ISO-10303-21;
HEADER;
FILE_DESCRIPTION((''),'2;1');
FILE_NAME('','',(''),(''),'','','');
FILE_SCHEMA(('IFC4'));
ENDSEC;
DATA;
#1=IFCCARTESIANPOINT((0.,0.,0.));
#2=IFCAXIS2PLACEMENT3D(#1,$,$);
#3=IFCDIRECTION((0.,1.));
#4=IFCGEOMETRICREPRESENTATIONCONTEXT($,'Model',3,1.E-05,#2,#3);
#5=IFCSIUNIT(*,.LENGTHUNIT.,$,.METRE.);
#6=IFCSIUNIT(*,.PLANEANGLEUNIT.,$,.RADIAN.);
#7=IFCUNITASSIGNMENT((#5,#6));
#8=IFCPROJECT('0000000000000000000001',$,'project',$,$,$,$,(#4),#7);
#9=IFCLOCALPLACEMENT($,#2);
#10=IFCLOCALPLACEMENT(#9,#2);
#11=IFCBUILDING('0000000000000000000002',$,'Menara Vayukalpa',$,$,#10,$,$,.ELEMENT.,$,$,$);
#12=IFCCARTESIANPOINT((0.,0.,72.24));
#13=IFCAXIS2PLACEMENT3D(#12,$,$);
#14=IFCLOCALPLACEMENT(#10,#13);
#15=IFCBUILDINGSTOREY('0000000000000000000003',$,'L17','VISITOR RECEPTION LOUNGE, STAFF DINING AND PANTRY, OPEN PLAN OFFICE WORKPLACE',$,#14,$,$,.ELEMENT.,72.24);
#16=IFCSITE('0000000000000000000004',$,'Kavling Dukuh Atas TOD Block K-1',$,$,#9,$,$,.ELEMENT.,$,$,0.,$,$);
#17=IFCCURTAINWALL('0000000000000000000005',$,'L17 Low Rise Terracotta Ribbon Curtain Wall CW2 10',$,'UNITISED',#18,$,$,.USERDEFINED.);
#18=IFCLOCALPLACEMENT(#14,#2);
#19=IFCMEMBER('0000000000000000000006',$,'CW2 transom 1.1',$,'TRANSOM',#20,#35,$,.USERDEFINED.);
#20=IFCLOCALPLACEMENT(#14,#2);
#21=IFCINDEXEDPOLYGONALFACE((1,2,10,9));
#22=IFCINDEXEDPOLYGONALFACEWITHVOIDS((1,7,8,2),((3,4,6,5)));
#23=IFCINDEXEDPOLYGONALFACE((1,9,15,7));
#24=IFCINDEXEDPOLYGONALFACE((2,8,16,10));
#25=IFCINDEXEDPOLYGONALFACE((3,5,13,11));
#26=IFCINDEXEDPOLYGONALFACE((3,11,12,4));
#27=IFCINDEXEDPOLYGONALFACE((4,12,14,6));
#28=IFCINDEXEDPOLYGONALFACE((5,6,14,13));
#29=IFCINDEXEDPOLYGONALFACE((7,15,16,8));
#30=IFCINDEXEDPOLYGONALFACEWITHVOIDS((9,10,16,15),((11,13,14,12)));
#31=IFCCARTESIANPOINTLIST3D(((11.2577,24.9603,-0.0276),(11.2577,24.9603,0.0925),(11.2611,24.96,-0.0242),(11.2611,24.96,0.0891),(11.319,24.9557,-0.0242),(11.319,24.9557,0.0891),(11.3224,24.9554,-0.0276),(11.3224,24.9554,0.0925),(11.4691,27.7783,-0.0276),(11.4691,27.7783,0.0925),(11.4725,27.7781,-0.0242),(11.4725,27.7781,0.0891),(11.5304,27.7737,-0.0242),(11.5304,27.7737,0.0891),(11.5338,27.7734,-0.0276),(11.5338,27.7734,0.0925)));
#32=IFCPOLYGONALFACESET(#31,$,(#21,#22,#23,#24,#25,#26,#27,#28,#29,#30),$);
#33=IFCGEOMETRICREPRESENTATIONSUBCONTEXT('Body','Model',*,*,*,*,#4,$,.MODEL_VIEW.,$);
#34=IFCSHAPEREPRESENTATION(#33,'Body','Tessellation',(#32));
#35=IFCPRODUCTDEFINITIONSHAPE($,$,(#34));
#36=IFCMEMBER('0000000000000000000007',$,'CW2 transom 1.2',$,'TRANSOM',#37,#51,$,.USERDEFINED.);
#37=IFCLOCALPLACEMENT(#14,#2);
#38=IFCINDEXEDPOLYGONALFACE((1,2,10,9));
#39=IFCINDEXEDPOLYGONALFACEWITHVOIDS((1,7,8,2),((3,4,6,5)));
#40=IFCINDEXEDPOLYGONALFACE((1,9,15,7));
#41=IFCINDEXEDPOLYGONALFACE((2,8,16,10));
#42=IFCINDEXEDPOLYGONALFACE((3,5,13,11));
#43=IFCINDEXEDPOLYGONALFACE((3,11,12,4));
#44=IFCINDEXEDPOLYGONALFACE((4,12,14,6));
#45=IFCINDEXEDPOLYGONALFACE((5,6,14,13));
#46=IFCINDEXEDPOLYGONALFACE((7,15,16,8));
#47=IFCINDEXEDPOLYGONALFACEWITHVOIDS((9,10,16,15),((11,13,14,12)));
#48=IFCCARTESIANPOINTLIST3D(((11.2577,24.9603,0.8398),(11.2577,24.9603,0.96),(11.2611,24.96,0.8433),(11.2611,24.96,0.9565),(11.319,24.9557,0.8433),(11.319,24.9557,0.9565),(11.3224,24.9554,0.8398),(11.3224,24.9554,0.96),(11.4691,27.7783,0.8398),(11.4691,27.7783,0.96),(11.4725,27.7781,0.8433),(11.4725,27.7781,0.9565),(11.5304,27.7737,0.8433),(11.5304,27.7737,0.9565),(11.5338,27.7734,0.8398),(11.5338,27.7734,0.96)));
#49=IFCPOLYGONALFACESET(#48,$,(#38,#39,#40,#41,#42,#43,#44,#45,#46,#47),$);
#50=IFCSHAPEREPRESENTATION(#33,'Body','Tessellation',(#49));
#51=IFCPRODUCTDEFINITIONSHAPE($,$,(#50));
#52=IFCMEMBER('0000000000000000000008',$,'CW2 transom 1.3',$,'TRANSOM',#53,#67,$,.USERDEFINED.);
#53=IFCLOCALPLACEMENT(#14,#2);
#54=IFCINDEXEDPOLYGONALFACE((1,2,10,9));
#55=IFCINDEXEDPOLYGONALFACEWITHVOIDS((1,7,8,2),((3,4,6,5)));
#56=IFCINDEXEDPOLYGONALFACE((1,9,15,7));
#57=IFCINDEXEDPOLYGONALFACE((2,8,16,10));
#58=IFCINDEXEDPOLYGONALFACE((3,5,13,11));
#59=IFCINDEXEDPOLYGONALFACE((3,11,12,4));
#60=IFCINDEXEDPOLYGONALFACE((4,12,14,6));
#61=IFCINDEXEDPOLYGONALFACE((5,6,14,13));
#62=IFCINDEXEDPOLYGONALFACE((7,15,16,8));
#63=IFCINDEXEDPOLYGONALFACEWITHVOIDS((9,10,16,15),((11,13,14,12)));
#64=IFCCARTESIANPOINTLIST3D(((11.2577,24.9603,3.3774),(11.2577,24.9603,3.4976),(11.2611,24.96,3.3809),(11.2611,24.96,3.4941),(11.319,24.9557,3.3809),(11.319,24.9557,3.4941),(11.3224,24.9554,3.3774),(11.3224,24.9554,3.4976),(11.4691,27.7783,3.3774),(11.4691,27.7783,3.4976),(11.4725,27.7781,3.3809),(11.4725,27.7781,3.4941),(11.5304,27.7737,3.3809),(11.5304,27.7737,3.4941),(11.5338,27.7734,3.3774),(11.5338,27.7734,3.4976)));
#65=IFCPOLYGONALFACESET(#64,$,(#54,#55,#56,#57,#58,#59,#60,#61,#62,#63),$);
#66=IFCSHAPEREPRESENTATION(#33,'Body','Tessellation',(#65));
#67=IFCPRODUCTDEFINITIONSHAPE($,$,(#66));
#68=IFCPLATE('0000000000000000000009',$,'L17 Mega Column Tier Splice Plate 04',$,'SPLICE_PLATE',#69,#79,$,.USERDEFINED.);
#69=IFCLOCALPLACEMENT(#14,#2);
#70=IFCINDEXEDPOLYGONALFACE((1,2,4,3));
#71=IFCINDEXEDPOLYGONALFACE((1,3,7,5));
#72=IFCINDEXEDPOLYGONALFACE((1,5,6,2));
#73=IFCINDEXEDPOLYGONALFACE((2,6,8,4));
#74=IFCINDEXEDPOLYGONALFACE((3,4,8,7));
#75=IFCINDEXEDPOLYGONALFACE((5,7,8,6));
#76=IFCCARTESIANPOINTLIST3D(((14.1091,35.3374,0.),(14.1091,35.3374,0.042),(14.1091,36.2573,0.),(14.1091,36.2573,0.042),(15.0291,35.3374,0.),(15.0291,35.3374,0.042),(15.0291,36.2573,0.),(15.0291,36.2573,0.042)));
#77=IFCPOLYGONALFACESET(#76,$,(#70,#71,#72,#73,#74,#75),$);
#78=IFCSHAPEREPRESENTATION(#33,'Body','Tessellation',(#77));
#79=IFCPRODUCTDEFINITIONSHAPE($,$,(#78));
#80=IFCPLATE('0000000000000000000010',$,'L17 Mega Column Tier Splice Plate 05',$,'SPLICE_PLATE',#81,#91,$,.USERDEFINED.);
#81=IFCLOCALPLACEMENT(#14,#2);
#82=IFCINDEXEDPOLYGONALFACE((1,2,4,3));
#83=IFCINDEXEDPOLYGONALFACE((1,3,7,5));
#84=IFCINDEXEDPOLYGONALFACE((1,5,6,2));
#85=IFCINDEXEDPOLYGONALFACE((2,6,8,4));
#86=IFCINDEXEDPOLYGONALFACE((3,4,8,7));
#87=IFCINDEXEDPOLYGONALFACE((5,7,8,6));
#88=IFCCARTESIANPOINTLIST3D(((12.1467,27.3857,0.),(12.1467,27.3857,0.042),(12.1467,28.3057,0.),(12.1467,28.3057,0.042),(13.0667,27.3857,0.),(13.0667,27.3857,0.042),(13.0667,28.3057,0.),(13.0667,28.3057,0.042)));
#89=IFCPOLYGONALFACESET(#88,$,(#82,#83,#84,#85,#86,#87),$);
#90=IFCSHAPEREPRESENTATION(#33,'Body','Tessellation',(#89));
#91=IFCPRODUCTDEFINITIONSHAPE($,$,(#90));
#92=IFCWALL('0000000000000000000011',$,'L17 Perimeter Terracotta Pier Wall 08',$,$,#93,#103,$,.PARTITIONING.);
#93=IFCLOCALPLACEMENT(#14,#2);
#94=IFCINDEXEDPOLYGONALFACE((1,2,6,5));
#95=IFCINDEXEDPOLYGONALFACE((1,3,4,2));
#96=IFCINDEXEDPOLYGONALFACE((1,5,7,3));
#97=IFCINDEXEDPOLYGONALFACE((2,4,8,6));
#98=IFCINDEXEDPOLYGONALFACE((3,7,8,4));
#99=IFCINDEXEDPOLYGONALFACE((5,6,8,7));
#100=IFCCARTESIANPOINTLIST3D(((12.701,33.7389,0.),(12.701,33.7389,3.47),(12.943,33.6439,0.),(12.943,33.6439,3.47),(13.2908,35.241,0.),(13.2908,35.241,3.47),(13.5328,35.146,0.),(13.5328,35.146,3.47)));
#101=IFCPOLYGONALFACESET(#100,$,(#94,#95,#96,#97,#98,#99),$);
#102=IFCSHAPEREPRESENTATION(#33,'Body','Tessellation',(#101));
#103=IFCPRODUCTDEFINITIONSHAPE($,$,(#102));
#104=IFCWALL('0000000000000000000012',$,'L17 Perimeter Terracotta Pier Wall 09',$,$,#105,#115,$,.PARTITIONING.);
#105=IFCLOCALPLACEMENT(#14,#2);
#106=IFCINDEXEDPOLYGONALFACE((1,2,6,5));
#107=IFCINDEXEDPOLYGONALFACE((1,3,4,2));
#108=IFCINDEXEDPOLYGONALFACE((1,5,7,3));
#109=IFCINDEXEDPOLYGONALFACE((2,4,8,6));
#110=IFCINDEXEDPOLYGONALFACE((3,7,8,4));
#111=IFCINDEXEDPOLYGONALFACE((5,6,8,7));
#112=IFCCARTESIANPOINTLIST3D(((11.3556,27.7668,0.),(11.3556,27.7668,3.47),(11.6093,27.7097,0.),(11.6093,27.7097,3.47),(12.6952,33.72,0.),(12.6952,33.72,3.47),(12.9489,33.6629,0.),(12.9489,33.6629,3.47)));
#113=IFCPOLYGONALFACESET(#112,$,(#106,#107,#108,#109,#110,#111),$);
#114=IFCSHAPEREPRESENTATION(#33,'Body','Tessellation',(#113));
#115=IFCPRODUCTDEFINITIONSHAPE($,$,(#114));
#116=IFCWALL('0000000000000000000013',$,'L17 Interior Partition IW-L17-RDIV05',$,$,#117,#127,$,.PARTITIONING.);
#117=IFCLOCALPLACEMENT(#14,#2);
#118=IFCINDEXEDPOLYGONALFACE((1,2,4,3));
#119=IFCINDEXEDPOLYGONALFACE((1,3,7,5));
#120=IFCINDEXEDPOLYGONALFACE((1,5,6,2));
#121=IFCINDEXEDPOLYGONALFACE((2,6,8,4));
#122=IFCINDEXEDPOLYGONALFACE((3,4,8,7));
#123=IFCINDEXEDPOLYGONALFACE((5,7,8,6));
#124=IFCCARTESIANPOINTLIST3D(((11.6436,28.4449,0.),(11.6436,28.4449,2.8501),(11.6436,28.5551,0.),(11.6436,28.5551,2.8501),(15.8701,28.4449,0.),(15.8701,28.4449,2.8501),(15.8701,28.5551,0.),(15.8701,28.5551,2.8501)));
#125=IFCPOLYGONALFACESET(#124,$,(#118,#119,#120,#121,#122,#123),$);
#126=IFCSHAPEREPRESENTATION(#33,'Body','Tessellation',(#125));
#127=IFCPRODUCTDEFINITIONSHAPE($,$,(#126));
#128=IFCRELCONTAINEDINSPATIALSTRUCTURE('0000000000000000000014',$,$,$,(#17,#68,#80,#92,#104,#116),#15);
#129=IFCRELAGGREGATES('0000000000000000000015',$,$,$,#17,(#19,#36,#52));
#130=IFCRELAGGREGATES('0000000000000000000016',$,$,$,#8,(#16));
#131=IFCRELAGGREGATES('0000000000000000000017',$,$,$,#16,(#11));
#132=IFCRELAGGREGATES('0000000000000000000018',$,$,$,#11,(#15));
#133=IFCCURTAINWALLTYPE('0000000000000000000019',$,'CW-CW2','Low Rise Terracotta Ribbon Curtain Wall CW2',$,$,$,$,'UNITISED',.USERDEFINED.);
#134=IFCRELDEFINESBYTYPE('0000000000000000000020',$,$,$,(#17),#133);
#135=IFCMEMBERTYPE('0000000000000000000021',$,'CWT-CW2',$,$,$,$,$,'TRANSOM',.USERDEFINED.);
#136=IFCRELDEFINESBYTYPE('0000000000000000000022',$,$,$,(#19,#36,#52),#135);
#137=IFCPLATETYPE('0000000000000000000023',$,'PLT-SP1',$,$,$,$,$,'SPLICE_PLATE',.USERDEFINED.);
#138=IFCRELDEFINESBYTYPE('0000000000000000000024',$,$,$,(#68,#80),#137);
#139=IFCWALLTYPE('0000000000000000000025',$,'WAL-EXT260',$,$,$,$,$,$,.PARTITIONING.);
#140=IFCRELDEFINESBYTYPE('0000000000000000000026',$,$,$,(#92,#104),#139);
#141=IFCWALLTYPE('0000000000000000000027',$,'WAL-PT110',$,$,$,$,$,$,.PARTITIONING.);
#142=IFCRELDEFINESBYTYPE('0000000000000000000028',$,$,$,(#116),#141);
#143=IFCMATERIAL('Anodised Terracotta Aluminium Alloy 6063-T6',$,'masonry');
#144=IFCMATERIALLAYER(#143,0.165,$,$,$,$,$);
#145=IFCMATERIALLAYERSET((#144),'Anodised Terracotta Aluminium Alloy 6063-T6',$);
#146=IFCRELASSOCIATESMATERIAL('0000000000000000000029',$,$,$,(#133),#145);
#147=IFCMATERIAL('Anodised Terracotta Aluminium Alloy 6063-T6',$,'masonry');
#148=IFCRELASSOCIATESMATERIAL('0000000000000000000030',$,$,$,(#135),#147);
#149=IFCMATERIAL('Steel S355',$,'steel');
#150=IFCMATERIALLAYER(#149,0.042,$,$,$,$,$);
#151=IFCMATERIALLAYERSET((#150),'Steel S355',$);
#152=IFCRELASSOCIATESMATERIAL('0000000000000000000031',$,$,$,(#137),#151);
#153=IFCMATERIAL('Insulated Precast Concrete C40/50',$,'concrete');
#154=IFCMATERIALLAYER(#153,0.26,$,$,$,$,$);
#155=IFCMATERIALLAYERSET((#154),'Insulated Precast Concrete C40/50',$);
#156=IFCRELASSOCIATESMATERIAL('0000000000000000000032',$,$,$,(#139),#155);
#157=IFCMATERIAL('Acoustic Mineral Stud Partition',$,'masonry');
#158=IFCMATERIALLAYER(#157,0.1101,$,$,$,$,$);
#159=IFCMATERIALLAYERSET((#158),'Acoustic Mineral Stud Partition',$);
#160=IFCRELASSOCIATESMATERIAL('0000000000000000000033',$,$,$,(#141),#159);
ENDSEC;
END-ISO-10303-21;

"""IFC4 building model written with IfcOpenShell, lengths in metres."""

from ifc_helpers import new_model, si_unit, direction, frame, frame_2d, origin, origin_2d, place, context, subcontext, project, spatial, rectangle, hollow_rectangle, extrude, material, layer, layer_set, material_profile, profile_set, type_object, element, aggregate, save


model = new_model("IFC4")

# Units and contexts
model_context = context("Model", 3, precision=1e-05, world=origin(), true_north=direction((0.0, 1.0)))
body_context = subcontext(model_context, "Body", "Model", "MODEL_VIEW")
ifc_project = project(units=[si_unit("LENGTHUNIT", "METRE"), si_unit("PLANEANGLEUNIT", "RADIAN")], contexts=[model_context])

# Site, building, storey
site_placement = place(None, origin())
site = spatial("IfcSite", under=ifc_project, at=site_placement, Name="Kavling Dukuh Atas TOD Block K-1", CompositionType="ELEMENT", RefElevation=0.0)
building_placement = place(site_placement, origin())
building = spatial("IfcBuilding", under=site, at=building_placement, Name="Menara Vayukalpa", CompositionType="ELEMENT")
storey_placement = place(building_placement, frame((0.0, 0.0, 72.24)))
storey = spatial("IfcBuildingStorey", under=building, at=storey_placement, Name="L17", Description="VISITOR RECEPTION LOUNGE, STAFF DINING AND PANTRY, OPEN PLAN OFFICE WORKPLACE", CompositionType="ELEMENT", Elevation=72.24)

# Curtain wall, members
ifc_material_1 = material(Name="Anodised Terracotta Aluminium Alloy 6063-T6", Category="masonry")
ifc_layer_1 = layer(ifc_material_1, 0.165)
ifc_layer_set_1 = layer_set([ifc_layer_1], Name="Anodised Terracotta Aluminium Alloy 6063-T6")
curtain_wall_type = type_object("IfcCurtainWallType", Name="CW-CW2", Description="Low Rise Terracotta Ribbon Curtain Wall CW2", ElementType="UNITISED", PredefinedType="USERDEFINED", material=ifc_layer_set_1)
curtain_wall_placement = place(storey_placement, origin())
curtain_wall = element("IfcCurtainWall", 1, at=curtain_wall_placement, inside=storey, type_object=curtain_wall_type, Name="L17 Low Rise Terracotta Ribbon Curtain Wall CW2 10", ObjectType="UNITISED", PredefinedType="USERDEFINED")
ifc_material_2 = material(Name="Anodised Terracotta Aluminium Alloy 6063-T6", Category="masonry")
ifc_material_profile_1 = material_profile(ifc_material_2, hollow_rectangle(XDim=0.0649, YDim=0.1201, WallThickness=0.0034, at=origin_2d()), Name="ALU 65x120x3.5")
ifc_profile_set_1 = profile_set([ifc_material_profile_1], Name="Anodised Terracotta Aluminium Alloy 6063-T6")
member_type_1 = type_object("IfcMemberType", Name="CWT-CW2", ElementType="TRANSOM", PredefinedType="USERDEFINED", material=ifc_profile_set_1)
member_1_placement = place(storey_placement, frame((11.5015, 27.7759, 0.0325), z_axis=(-0.074814, -0.997198, 0.0), x_axis=(0.997198, -0.074814, 0.0)))
member_1 = element("IfcMember", 2, at=member_1_placement, type_object=member_type_1, Name="CW2 transom 1.1", ObjectType="TRANSOM", PredefinedType="USERDEFINED", context=body_context, shape_type="SweptSolid", body=[
    extrude(hollow_rectangle(XDim=0.0649, YDim=0.1201, WallThickness=0.0034, at=origin_2d()), origin(), (0.0, 0.0, 1.0), 2.8259),
])
member_2_placement = place(storey_placement, frame((11.5015, 27.7759, 0.8999), z_axis=(-0.074814, -0.997198, 0.0), x_axis=(0.997198, -0.074814, 0.0)))
member_2 = element("IfcMember", 3, at=member_2_placement, type_object=member_type_1, Name="CW2 transom 1.2", ObjectType="TRANSOM", PredefinedType="USERDEFINED", context=body_context, shape_type="SweptSolid", body=[
    extrude(hollow_rectangle(XDim=0.0649, YDim=0.1201, WallThickness=0.0034, at=origin_2d()), origin(), (0.0, 0.0, 1.0), 2.8259),
])
member_3_placement = place(storey_placement, frame((11.5015, 27.7759, 3.4375), z_axis=(-0.074814, -0.997198, 0.0), x_axis=(0.997198, -0.074814, 0.0)))
member_3 = element("IfcMember", 4, at=member_3_placement, type_object=member_type_1, Name="CW2 transom 1.3", ObjectType="TRANSOM", PredefinedType="USERDEFINED", context=body_context, shape_type="SweptSolid", body=[
    extrude(hollow_rectangle(XDim=0.0649, YDim=0.1201, WallThickness=0.0034, at=origin_2d()), origin(), (0.0, 0.0, 1.0), 2.8259),
])
aggregate(curtain_wall, [member_1, member_2, member_3])

# Plates
ifc_material_3 = material(Name="Steel S355", Category="steel")
ifc_layer_2 = layer(ifc_material_3, 0.042)
ifc_layer_set_2 = layer_set([ifc_layer_2], Name="Steel S355")
plate_type = type_object("IfcPlateType", Name="PLT-SP1", ElementType="SPLICE_PLATE", PredefinedType="USERDEFINED", material=ifc_layer_set_2)
for number, where, z_axis, x_axis, name in (
    (5, (14.5691, 35.7974, 0.0), (0.0, 0.0, 1.0), (1.0, 0.0, 0.0), "L17 Mega Column Tier Splice Plate 04"),
    (6, (12.6067, 27.8457, 0.0), (0.0, 0.0, 1.0), (1.0, 0.0, 0.0), "L17 Mega Column Tier Splice Plate 05"),
):
    element("IfcPlate", number, at=place(storey_placement, frame(where, z_axis=z_axis, x_axis=x_axis)), inside=storey, type_object=plate_type, Name=name, ObjectType="SPLICE_PLATE", PredefinedType="USERDEFINED", context=body_context, shape_type="SweptSolid", body=[
        extrude(rectangle(XDim=0.9199, YDim=0.9199, at=origin_2d()), origin(), (0.0, 0.0, 1.0), 0.042),
    ])

# Walls
ifc_material_4 = material(Name="Insulated Precast Concrete C40/50", Category="concrete")
ifc_layer_3 = layer(ifc_material_4, 0.26)
ifc_layer_set_3 = layer_set([ifc_layer_3], Name="Insulated Precast Concrete C40/50")
wall_type_1 = type_object("IfcWallType", Name="WAL-EXT260", PredefinedType="PARTITIONING", material=ifc_layer_set_3)
wall_1_placement = place(storey_placement, frame((12.822, 33.6914, 0.0), z_axis=(0.0, 0.0, 1.0), x_axis=(0.365489, 0.930816, 0.0)))
element("IfcWall", 7, at=wall_1_placement, inside=storey, type_object=wall_type_1, Name="L17 Perimeter Terracotta Pier Wall 08", PredefinedType="PARTITIONING", context=body_context, shape_type="SweptSolid", body=[
    extrude(rectangle(XDim=1.6138, YDim=0.26, at=frame_2d((0.8069, 0.0))), origin(), (0.0, 0.0, 1.0), 3.47),
])
wall_2_placement = place(storey_placement, frame((11.4824, 27.7383, 0.0), z_axis=(0.0, 0.0, 1.0), x_axis=(0.219535, 0.975605, 0.0)))
element("IfcWall", 8, at=wall_2_placement, inside=storey, type_object=wall_type_1, Name="L17 Perimeter Terracotta Pier Wall 09", PredefinedType="PARTITIONING", context=body_context, shape_type="SweptSolid", body=[
    extrude(rectangle(XDim=6.1021, YDim=0.26, at=frame_2d((3.051, 0.0))), origin(), (0.0, 0.0, 1.0), 3.47),
])
ifc_material_5 = material(Name="Acoustic Mineral Stud Partition", Category="masonry")
ifc_layer_4 = layer(ifc_material_5, 0.1101)
ifc_layer_set_4 = layer_set([ifc_layer_4], Name="Acoustic Mineral Stud Partition")
wall_type_2 = type_object("IfcWallType", Name="WAL-PT110", PredefinedType="PARTITIONING", material=ifc_layer_set_4)
wall_3_placement = place(storey_placement, frame((11.6436, 28.5, 0.0), z_axis=(0.0, 0.0, 1.0), x_axis=(1.0, 0.0, 0.0)))
element("IfcWall", 9, at=wall_3_placement, inside=storey, type_object=wall_type_2, Name="L17 Interior Partition IW-L17-RDIV05", PredefinedType="PARTITIONING", context=body_context, shape_type="SweptSolid", body=[
    extrude(rectangle(XDim=4.2266, YDim=0.1101, at=frame_2d((2.1133, 0.0))), origin(), (0.0, 0.0, 1.0), 2.8501),
])

save(model, "model.ifc")
